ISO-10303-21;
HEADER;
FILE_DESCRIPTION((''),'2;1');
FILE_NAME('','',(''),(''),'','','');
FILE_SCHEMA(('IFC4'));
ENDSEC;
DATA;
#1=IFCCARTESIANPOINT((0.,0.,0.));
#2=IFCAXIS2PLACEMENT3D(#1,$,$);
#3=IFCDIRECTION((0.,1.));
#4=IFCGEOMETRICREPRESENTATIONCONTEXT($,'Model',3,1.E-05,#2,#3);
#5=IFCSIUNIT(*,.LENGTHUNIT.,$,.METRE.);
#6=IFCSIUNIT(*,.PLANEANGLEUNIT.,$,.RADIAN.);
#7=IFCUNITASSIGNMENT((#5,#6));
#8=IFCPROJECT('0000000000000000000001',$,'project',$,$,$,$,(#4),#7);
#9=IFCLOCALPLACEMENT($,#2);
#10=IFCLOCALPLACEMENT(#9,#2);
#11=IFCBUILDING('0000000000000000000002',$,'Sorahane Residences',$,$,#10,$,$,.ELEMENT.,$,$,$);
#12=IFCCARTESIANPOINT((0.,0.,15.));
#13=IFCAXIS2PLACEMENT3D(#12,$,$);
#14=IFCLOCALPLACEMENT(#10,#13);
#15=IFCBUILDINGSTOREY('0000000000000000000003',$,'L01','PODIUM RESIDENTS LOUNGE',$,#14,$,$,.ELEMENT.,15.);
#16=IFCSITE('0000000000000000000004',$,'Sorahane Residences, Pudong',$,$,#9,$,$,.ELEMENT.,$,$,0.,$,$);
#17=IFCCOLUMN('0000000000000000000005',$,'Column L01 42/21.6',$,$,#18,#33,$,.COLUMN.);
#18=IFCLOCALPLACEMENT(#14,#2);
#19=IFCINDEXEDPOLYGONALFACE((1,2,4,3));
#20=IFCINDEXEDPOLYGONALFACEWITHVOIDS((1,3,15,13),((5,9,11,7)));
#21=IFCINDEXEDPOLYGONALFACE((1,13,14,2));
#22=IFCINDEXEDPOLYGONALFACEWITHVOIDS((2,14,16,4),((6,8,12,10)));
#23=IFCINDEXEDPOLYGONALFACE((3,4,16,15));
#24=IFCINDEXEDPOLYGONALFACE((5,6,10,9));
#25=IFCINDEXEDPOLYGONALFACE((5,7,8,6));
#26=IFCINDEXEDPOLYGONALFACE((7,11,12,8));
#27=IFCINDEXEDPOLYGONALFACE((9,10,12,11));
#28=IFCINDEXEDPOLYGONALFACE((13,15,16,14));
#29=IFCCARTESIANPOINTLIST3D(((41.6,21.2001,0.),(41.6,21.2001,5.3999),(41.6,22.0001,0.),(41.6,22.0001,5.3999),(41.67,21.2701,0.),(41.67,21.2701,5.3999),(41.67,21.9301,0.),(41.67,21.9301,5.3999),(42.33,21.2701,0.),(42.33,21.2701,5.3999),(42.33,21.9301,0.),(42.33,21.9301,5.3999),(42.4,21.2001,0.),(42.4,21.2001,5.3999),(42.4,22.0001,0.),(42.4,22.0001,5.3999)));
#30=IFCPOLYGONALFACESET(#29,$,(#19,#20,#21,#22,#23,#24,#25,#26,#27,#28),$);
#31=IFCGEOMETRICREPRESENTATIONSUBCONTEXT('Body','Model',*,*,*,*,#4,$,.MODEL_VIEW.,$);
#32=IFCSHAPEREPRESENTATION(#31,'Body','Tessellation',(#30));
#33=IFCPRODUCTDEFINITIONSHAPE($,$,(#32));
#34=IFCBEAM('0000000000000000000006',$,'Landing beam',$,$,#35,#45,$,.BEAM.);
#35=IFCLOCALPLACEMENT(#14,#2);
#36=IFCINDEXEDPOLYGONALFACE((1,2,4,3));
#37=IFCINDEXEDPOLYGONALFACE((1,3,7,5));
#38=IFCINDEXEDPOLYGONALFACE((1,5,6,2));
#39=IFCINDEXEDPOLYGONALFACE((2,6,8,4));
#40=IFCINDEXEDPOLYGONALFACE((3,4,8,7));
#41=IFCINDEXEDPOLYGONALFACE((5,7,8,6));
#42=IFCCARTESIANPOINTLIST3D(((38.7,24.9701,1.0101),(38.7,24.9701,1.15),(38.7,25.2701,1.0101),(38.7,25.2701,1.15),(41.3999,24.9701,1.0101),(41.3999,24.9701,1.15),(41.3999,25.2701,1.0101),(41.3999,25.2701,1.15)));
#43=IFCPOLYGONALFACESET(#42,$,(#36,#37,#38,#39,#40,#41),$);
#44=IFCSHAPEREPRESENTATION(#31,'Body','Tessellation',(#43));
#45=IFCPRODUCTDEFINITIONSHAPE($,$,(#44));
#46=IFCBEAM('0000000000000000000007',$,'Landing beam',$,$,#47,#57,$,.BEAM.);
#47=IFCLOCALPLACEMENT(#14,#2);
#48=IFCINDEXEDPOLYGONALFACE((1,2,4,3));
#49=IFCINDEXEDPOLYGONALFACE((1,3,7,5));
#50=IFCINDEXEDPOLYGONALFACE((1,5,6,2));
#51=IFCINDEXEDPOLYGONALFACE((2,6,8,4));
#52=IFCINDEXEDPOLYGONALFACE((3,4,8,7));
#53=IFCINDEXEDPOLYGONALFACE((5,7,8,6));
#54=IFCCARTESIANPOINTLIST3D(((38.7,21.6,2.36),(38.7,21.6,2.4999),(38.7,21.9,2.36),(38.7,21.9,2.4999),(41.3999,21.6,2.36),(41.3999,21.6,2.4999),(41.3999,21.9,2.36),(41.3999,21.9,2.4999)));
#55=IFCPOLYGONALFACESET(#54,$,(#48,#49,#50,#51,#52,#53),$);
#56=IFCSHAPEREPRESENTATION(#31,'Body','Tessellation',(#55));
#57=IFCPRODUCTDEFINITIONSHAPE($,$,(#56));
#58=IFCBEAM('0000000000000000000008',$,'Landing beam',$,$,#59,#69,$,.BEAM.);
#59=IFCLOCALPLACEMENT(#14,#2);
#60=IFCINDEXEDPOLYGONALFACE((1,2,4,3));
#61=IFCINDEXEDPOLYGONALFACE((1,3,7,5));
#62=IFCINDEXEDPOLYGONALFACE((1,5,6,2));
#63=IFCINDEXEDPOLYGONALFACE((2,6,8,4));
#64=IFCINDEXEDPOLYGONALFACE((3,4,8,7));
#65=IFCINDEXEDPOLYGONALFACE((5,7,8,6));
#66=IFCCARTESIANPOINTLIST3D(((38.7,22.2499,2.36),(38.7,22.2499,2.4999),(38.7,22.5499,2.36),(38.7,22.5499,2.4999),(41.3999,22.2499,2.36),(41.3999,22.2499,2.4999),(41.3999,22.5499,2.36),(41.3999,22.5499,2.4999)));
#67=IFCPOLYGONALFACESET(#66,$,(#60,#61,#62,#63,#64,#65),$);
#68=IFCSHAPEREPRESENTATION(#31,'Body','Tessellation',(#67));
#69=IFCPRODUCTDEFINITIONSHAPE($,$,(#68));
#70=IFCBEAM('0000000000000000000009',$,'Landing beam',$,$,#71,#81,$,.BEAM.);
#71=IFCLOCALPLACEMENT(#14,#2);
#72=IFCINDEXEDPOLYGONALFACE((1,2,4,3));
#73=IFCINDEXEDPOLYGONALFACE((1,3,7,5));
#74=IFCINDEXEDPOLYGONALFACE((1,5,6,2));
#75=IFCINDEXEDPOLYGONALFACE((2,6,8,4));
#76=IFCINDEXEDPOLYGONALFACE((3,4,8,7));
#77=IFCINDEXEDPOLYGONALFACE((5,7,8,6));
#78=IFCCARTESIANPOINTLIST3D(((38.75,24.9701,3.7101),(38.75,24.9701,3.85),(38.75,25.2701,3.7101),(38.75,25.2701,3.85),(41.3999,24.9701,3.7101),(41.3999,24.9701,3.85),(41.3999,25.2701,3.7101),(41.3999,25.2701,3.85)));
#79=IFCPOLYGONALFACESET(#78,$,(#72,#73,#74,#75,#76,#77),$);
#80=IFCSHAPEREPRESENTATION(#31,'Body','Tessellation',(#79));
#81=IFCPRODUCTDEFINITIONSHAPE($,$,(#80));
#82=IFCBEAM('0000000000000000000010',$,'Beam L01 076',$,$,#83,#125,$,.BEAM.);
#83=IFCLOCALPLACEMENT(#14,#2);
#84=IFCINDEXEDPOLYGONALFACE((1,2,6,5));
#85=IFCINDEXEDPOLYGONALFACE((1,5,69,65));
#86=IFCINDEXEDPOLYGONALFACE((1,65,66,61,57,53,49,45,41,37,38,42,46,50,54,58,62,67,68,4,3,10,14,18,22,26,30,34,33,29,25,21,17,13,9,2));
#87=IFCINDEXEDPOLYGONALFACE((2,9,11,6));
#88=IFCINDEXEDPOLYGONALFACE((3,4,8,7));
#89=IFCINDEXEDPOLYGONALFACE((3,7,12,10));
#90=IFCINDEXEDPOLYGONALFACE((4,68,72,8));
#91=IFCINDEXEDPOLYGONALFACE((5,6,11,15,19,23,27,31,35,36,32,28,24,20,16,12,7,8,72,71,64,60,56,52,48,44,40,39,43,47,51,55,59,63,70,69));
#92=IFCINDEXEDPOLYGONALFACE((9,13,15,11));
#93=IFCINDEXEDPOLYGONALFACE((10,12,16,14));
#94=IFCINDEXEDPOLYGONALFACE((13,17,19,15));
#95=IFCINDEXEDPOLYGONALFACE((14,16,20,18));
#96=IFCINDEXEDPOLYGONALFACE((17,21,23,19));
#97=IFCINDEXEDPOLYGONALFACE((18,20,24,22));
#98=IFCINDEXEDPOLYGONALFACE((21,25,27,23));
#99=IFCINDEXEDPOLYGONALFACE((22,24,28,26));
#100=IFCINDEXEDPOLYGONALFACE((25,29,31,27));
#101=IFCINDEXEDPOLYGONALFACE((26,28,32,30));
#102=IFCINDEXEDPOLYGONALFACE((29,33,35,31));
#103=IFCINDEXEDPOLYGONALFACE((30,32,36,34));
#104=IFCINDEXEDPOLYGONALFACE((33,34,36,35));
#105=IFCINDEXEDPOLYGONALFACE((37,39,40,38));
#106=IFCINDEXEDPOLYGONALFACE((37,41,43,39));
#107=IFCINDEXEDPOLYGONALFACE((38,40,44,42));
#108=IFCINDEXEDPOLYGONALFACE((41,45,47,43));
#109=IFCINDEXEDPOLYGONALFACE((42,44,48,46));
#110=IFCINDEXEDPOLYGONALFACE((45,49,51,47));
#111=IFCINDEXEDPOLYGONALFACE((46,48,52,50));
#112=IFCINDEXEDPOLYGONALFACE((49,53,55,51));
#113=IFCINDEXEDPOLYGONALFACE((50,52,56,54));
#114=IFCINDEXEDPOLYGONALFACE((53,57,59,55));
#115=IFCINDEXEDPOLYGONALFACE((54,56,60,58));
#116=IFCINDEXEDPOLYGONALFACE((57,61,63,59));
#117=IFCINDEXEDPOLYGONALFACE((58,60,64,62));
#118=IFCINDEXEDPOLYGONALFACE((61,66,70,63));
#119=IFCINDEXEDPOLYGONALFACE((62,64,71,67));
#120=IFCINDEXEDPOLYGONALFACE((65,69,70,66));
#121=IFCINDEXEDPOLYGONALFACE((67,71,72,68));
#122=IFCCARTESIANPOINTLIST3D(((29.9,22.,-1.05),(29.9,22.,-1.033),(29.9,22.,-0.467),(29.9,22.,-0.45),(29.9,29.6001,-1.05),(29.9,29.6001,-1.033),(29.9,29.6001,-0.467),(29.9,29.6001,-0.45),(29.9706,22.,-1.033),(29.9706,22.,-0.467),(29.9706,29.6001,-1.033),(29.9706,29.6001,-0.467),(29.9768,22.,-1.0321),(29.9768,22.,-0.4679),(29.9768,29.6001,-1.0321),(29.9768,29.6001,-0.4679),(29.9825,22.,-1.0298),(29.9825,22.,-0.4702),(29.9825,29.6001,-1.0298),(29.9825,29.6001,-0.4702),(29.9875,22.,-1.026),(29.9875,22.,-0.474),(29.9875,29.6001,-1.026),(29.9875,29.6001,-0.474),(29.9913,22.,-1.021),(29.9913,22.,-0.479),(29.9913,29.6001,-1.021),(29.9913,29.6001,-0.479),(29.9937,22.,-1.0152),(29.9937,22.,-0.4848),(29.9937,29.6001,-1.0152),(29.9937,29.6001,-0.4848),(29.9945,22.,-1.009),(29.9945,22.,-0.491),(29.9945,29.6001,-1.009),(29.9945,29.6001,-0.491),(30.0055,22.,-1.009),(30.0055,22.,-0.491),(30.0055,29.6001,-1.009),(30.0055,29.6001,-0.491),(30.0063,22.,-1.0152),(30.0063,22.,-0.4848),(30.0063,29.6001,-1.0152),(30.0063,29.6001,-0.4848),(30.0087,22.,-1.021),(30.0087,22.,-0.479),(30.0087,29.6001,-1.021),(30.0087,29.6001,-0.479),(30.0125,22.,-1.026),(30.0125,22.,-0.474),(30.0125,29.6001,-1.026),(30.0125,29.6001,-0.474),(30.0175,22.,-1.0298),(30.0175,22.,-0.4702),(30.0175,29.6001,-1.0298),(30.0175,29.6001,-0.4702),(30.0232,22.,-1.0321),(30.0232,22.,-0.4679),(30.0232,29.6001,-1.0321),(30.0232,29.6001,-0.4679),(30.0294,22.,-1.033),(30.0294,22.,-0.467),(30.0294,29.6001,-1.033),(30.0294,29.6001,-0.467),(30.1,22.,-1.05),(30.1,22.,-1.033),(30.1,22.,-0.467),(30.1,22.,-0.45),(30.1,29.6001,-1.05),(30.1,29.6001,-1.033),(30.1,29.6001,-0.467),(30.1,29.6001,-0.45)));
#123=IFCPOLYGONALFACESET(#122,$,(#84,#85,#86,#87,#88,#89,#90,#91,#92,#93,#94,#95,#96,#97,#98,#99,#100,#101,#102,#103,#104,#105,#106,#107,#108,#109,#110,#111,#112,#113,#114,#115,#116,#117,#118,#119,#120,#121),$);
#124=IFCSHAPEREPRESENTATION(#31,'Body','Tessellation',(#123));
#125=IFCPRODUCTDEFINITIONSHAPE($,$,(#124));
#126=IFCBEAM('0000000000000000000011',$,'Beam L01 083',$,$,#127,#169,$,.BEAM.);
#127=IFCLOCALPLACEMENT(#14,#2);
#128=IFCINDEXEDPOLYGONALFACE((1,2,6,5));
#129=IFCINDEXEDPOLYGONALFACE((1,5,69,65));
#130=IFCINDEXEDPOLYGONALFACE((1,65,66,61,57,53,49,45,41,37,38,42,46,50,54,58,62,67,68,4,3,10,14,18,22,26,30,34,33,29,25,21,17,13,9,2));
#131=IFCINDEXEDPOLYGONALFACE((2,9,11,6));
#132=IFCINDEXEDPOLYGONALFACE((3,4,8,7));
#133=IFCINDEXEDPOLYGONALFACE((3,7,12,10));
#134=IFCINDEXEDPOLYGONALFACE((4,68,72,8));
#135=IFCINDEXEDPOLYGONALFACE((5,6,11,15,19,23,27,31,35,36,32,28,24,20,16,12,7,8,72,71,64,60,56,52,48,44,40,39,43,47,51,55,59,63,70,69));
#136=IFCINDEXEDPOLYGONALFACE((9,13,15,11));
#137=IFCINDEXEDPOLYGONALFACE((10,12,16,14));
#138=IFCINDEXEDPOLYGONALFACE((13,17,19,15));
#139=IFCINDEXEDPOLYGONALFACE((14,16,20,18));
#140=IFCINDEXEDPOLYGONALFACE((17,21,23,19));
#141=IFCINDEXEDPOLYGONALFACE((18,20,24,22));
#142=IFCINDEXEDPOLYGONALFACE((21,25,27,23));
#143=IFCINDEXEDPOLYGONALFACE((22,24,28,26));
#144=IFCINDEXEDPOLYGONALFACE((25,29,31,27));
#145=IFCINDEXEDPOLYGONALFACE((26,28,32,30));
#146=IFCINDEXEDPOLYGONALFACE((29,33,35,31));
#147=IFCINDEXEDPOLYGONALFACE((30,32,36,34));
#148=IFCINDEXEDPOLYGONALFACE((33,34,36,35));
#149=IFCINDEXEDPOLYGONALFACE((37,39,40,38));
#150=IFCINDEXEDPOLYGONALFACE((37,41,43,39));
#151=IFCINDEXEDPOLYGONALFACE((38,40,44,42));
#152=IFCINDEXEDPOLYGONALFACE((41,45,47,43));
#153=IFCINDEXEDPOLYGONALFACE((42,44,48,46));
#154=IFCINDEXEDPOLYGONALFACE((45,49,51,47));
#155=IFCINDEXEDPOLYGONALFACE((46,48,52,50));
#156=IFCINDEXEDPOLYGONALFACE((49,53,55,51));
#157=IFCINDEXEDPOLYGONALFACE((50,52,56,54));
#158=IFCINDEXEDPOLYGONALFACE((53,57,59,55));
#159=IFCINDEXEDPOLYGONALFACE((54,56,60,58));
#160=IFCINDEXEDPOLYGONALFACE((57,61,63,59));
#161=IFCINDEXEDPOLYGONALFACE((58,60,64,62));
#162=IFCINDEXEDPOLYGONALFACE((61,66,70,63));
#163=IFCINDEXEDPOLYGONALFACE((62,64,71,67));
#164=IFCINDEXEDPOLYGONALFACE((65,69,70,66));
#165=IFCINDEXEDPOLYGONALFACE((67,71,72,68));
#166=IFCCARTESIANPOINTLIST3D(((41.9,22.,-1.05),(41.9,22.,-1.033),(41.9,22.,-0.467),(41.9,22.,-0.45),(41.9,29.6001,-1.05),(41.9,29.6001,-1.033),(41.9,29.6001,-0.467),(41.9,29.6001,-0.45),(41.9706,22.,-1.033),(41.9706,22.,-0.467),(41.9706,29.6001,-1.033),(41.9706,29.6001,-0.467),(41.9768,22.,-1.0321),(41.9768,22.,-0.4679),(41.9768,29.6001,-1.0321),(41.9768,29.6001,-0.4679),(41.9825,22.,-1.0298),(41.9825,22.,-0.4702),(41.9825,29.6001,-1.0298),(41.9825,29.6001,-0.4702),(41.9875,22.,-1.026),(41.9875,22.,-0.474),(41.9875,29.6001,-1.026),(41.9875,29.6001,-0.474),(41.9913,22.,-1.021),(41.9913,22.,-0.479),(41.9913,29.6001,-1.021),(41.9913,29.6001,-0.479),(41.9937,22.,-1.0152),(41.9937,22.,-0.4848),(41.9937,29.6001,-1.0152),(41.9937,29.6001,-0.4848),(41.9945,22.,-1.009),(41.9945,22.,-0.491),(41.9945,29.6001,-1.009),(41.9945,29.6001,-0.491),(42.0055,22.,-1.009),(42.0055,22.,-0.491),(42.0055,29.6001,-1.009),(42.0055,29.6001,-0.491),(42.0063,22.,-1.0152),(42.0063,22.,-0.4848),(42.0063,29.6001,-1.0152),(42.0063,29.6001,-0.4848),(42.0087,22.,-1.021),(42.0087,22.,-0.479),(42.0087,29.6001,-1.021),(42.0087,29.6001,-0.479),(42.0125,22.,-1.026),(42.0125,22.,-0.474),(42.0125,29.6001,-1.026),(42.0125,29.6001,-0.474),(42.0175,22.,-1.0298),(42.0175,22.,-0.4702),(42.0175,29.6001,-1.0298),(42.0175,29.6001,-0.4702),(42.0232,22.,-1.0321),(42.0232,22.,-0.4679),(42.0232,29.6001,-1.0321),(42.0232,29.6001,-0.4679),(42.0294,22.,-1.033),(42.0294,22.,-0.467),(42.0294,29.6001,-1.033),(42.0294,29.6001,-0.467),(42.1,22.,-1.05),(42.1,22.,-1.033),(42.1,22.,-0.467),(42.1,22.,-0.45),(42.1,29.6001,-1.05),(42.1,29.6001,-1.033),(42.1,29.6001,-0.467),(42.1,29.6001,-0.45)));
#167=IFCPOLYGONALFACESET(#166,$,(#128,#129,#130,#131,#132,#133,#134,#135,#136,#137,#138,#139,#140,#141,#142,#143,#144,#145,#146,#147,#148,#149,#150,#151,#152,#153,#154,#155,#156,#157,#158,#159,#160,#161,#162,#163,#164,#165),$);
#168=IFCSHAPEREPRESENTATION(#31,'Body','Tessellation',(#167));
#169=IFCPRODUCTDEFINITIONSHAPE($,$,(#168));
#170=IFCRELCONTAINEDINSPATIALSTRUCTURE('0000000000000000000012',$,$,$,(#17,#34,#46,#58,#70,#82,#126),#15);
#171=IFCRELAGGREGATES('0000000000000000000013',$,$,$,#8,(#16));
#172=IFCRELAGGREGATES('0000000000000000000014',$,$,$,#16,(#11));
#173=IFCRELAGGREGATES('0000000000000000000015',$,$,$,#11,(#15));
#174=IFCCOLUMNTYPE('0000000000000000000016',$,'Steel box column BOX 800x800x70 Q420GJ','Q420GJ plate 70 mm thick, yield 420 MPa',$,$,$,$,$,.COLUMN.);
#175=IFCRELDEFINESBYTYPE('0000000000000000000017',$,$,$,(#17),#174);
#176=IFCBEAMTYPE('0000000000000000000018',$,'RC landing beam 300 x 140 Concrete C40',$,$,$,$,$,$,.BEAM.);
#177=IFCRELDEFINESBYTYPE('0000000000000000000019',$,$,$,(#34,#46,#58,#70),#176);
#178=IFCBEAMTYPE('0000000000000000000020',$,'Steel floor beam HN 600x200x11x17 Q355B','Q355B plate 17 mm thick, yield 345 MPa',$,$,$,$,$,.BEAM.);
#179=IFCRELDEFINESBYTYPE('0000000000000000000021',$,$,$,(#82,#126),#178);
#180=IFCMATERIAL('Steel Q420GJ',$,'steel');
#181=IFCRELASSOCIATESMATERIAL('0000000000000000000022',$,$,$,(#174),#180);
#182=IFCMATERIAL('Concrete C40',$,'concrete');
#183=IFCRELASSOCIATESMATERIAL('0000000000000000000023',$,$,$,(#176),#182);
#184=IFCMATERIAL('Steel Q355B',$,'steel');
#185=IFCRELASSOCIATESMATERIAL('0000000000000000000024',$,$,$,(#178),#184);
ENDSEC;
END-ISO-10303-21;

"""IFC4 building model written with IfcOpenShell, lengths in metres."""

from ifc_helpers import new_model, si_unit, direction, frame, origin, origin_2d, place, context, subcontext, project, spatial, rectangle, hollow_rectangle, i_section, extrude, material, material_profile, profile_set, type_object, element, save


model = new_model("IFC4")

# Units and contexts
model_context = context("Model", 3, precision=1e-05, world=origin(), true_north=direction((0.0, 1.0)))
body_context = subcontext(model_context, "Body", "Model", "MODEL_VIEW")
ifc_project = project(units=[si_unit("LENGTHUNIT", "METRE"), si_unit("PLANEANGLEUNIT", "RADIAN")], contexts=[model_context])

# Site, building, storey
site_placement = place(None, origin())
site = spatial("IfcSite", under=ifc_project, at=site_placement, Name="Sorahane Residences, Pudong", CompositionType="ELEMENT", RefElevation=0.0)
building_placement = place(site_placement, origin())
building = spatial("IfcBuilding", under=site, at=building_placement, Name="Sorahane Residences", CompositionType="ELEMENT")
storey_placement = place(building_placement, frame((0.0, 0.0, 15.0)))
storey = spatial("IfcBuildingStorey", under=building, at=storey_placement, Name="L01", Description="PODIUM RESIDENTS LOUNGE", CompositionType="ELEMENT", Elevation=15.0)

# Column
ifc_material_1 = material(Name="Steel Q420GJ", Category="steel")
ifc_material_profile_1 = material_profile(ifc_material_1, hollow_rectangle(XDim=0.8, YDim=0.8, WallThickness=0.0701, at=origin_2d()), Name="BOX 800x800x70")
ifc_profile_set_1 = profile_set([ifc_material_profile_1], Name="Steel Q420GJ")
column_type = type_object("IfcColumnType", Name="Steel box column BOX 800x800x70 Q420GJ", Description="Q420GJ plate 70 mm thick, yield 420 MPa", PredefinedType="COLUMN", material=ifc_profile_set_1)
column_placement = place(storey_placement, frame((42.0, 21.6001, 0.0), z_axis=(0.0, 0.0, 1.0), x_axis=(1.0, 0.0, 0.0)))
element("IfcColumn", 1, at=column_placement, inside=storey, type_object=column_type, Name="Column L01 42/21.6", PredefinedType="COLUMN", context=body_context, shape_type="SweptSolid", body=[
    extrude(hollow_rectangle(XDim=0.8, YDim=0.8, WallThickness=0.0701, at=origin_2d()), origin(), (0.0, 0.0, 1.0), 5.3999),
])

# Beams
ifc_material_2 = material(Name="Concrete C40", Category="concrete")
ifc_material_profile_2 = material_profile(ifc_material_2, rectangle(XDim=0.3, YDim=0.1399, at=origin_2d()), Name="300x140")
ifc_profile_set_2 = profile_set([ifc_material_profile_2], Name="Concrete C40")
beam_type_1 = type_object("IfcBeamType", Name="RC landing beam 300 x 140 Concrete C40", PredefinedType="BEAM", material=ifc_profile_set_2)
for number, where, z_axis, x_axis, name in (
    (2, (38.7, 25.1201, 1.0801), (1.0, 0.0, 0.0), (0.0, 1.0, 0.0), "Landing beam"),
    (3, (38.7, 21.75, 2.4299), (1.0, 0.0, 0.0), (0.0, 1.0, 0.0), "Landing beam"),
    (4, (38.7, 22.3999, 2.4299), (1.0, 0.0, 0.0), (0.0, 1.0, 0.0), "Landing beam"),
):
    element("IfcBeam", number, at=place(storey_placement, frame(where, z_axis=z_axis, x_axis=x_axis)), inside=storey, type_object=beam_type_1, Name=name, PredefinedType="BEAM", context=body_context, shape_type="SweptSolid", body=[
        extrude(rectangle(XDim=0.3, YDim=0.1399, at=origin_2d()), origin(), (0.0, 0.0, 1.0), 2.7),
    ])
beam_1_placement = place(storey_placement, frame((41.3999, 25.1201, 3.78), z_axis=(-1.0, 0.0, 0.0), x_axis=(0.0, -1.0, 0.0)))
element("IfcBeam", 5, at=beam_1_placement, inside=storey, type_object=beam_type_1, Name="Landing beam", PredefinedType="BEAM", context=body_context, shape_type="SweptSolid", body=[
    extrude(rectangle(XDim=0.3, YDim=0.1399, at=origin_2d()), origin(), (0.0, 0.0, 1.0), 2.6499),
])
ifc_material_3 = material(Name="Steel Q355B", Category="steel")
ifc_material_profile_3 = material_profile(ifc_material_3, i_section(OverallWidth=0.2, OverallDepth=0.6001, WebThickness=0.011, FlangeThickness=0.0171, FilletRadius=0.0239, at=origin_2d()), Name="HN 600x200x11x17")
ifc_profile_set_3 = profile_set([ifc_material_profile_3], Name="Steel Q355B")
beam_type_2 = type_object("IfcBeamType", Name="Steel floor beam HN 600x200x11x17 Q355B", Description="Q355B plate 17 mm thick, yield 345 MPa", PredefinedType="BEAM", material=ifc_profile_set_3)
for number, where, z_axis, x_axis, name in (
    (6, (30.0, 22.0, -0.75), (0.0, 1.0, 0.0), (-1.0, 0.0, 0.0), "Beam L01 076"),
    (7, (42.0, 22.0, -0.75), (0.0, 1.0, 0.0), (-1.0, 0.0, 0.0), "Beam L01 083"),
):
    element("IfcBeam", number, at=place(storey_placement, frame(where, z_axis=z_axis, x_axis=x_axis)), inside=storey, type_object=beam_type_2, Name=name, PredefinedType="BEAM", context=body_context, shape_type="SweptSolid", body=[
        extrude(i_section(OverallWidth=0.2, OverallDepth=0.6001, WebThickness=0.011, FlangeThickness=0.0171, FilletRadius=0.0239, at=origin_2d()), origin(), (0.0, 0.0, 1.0), 7.6001),
    ])

save(model, "model.ifc")
